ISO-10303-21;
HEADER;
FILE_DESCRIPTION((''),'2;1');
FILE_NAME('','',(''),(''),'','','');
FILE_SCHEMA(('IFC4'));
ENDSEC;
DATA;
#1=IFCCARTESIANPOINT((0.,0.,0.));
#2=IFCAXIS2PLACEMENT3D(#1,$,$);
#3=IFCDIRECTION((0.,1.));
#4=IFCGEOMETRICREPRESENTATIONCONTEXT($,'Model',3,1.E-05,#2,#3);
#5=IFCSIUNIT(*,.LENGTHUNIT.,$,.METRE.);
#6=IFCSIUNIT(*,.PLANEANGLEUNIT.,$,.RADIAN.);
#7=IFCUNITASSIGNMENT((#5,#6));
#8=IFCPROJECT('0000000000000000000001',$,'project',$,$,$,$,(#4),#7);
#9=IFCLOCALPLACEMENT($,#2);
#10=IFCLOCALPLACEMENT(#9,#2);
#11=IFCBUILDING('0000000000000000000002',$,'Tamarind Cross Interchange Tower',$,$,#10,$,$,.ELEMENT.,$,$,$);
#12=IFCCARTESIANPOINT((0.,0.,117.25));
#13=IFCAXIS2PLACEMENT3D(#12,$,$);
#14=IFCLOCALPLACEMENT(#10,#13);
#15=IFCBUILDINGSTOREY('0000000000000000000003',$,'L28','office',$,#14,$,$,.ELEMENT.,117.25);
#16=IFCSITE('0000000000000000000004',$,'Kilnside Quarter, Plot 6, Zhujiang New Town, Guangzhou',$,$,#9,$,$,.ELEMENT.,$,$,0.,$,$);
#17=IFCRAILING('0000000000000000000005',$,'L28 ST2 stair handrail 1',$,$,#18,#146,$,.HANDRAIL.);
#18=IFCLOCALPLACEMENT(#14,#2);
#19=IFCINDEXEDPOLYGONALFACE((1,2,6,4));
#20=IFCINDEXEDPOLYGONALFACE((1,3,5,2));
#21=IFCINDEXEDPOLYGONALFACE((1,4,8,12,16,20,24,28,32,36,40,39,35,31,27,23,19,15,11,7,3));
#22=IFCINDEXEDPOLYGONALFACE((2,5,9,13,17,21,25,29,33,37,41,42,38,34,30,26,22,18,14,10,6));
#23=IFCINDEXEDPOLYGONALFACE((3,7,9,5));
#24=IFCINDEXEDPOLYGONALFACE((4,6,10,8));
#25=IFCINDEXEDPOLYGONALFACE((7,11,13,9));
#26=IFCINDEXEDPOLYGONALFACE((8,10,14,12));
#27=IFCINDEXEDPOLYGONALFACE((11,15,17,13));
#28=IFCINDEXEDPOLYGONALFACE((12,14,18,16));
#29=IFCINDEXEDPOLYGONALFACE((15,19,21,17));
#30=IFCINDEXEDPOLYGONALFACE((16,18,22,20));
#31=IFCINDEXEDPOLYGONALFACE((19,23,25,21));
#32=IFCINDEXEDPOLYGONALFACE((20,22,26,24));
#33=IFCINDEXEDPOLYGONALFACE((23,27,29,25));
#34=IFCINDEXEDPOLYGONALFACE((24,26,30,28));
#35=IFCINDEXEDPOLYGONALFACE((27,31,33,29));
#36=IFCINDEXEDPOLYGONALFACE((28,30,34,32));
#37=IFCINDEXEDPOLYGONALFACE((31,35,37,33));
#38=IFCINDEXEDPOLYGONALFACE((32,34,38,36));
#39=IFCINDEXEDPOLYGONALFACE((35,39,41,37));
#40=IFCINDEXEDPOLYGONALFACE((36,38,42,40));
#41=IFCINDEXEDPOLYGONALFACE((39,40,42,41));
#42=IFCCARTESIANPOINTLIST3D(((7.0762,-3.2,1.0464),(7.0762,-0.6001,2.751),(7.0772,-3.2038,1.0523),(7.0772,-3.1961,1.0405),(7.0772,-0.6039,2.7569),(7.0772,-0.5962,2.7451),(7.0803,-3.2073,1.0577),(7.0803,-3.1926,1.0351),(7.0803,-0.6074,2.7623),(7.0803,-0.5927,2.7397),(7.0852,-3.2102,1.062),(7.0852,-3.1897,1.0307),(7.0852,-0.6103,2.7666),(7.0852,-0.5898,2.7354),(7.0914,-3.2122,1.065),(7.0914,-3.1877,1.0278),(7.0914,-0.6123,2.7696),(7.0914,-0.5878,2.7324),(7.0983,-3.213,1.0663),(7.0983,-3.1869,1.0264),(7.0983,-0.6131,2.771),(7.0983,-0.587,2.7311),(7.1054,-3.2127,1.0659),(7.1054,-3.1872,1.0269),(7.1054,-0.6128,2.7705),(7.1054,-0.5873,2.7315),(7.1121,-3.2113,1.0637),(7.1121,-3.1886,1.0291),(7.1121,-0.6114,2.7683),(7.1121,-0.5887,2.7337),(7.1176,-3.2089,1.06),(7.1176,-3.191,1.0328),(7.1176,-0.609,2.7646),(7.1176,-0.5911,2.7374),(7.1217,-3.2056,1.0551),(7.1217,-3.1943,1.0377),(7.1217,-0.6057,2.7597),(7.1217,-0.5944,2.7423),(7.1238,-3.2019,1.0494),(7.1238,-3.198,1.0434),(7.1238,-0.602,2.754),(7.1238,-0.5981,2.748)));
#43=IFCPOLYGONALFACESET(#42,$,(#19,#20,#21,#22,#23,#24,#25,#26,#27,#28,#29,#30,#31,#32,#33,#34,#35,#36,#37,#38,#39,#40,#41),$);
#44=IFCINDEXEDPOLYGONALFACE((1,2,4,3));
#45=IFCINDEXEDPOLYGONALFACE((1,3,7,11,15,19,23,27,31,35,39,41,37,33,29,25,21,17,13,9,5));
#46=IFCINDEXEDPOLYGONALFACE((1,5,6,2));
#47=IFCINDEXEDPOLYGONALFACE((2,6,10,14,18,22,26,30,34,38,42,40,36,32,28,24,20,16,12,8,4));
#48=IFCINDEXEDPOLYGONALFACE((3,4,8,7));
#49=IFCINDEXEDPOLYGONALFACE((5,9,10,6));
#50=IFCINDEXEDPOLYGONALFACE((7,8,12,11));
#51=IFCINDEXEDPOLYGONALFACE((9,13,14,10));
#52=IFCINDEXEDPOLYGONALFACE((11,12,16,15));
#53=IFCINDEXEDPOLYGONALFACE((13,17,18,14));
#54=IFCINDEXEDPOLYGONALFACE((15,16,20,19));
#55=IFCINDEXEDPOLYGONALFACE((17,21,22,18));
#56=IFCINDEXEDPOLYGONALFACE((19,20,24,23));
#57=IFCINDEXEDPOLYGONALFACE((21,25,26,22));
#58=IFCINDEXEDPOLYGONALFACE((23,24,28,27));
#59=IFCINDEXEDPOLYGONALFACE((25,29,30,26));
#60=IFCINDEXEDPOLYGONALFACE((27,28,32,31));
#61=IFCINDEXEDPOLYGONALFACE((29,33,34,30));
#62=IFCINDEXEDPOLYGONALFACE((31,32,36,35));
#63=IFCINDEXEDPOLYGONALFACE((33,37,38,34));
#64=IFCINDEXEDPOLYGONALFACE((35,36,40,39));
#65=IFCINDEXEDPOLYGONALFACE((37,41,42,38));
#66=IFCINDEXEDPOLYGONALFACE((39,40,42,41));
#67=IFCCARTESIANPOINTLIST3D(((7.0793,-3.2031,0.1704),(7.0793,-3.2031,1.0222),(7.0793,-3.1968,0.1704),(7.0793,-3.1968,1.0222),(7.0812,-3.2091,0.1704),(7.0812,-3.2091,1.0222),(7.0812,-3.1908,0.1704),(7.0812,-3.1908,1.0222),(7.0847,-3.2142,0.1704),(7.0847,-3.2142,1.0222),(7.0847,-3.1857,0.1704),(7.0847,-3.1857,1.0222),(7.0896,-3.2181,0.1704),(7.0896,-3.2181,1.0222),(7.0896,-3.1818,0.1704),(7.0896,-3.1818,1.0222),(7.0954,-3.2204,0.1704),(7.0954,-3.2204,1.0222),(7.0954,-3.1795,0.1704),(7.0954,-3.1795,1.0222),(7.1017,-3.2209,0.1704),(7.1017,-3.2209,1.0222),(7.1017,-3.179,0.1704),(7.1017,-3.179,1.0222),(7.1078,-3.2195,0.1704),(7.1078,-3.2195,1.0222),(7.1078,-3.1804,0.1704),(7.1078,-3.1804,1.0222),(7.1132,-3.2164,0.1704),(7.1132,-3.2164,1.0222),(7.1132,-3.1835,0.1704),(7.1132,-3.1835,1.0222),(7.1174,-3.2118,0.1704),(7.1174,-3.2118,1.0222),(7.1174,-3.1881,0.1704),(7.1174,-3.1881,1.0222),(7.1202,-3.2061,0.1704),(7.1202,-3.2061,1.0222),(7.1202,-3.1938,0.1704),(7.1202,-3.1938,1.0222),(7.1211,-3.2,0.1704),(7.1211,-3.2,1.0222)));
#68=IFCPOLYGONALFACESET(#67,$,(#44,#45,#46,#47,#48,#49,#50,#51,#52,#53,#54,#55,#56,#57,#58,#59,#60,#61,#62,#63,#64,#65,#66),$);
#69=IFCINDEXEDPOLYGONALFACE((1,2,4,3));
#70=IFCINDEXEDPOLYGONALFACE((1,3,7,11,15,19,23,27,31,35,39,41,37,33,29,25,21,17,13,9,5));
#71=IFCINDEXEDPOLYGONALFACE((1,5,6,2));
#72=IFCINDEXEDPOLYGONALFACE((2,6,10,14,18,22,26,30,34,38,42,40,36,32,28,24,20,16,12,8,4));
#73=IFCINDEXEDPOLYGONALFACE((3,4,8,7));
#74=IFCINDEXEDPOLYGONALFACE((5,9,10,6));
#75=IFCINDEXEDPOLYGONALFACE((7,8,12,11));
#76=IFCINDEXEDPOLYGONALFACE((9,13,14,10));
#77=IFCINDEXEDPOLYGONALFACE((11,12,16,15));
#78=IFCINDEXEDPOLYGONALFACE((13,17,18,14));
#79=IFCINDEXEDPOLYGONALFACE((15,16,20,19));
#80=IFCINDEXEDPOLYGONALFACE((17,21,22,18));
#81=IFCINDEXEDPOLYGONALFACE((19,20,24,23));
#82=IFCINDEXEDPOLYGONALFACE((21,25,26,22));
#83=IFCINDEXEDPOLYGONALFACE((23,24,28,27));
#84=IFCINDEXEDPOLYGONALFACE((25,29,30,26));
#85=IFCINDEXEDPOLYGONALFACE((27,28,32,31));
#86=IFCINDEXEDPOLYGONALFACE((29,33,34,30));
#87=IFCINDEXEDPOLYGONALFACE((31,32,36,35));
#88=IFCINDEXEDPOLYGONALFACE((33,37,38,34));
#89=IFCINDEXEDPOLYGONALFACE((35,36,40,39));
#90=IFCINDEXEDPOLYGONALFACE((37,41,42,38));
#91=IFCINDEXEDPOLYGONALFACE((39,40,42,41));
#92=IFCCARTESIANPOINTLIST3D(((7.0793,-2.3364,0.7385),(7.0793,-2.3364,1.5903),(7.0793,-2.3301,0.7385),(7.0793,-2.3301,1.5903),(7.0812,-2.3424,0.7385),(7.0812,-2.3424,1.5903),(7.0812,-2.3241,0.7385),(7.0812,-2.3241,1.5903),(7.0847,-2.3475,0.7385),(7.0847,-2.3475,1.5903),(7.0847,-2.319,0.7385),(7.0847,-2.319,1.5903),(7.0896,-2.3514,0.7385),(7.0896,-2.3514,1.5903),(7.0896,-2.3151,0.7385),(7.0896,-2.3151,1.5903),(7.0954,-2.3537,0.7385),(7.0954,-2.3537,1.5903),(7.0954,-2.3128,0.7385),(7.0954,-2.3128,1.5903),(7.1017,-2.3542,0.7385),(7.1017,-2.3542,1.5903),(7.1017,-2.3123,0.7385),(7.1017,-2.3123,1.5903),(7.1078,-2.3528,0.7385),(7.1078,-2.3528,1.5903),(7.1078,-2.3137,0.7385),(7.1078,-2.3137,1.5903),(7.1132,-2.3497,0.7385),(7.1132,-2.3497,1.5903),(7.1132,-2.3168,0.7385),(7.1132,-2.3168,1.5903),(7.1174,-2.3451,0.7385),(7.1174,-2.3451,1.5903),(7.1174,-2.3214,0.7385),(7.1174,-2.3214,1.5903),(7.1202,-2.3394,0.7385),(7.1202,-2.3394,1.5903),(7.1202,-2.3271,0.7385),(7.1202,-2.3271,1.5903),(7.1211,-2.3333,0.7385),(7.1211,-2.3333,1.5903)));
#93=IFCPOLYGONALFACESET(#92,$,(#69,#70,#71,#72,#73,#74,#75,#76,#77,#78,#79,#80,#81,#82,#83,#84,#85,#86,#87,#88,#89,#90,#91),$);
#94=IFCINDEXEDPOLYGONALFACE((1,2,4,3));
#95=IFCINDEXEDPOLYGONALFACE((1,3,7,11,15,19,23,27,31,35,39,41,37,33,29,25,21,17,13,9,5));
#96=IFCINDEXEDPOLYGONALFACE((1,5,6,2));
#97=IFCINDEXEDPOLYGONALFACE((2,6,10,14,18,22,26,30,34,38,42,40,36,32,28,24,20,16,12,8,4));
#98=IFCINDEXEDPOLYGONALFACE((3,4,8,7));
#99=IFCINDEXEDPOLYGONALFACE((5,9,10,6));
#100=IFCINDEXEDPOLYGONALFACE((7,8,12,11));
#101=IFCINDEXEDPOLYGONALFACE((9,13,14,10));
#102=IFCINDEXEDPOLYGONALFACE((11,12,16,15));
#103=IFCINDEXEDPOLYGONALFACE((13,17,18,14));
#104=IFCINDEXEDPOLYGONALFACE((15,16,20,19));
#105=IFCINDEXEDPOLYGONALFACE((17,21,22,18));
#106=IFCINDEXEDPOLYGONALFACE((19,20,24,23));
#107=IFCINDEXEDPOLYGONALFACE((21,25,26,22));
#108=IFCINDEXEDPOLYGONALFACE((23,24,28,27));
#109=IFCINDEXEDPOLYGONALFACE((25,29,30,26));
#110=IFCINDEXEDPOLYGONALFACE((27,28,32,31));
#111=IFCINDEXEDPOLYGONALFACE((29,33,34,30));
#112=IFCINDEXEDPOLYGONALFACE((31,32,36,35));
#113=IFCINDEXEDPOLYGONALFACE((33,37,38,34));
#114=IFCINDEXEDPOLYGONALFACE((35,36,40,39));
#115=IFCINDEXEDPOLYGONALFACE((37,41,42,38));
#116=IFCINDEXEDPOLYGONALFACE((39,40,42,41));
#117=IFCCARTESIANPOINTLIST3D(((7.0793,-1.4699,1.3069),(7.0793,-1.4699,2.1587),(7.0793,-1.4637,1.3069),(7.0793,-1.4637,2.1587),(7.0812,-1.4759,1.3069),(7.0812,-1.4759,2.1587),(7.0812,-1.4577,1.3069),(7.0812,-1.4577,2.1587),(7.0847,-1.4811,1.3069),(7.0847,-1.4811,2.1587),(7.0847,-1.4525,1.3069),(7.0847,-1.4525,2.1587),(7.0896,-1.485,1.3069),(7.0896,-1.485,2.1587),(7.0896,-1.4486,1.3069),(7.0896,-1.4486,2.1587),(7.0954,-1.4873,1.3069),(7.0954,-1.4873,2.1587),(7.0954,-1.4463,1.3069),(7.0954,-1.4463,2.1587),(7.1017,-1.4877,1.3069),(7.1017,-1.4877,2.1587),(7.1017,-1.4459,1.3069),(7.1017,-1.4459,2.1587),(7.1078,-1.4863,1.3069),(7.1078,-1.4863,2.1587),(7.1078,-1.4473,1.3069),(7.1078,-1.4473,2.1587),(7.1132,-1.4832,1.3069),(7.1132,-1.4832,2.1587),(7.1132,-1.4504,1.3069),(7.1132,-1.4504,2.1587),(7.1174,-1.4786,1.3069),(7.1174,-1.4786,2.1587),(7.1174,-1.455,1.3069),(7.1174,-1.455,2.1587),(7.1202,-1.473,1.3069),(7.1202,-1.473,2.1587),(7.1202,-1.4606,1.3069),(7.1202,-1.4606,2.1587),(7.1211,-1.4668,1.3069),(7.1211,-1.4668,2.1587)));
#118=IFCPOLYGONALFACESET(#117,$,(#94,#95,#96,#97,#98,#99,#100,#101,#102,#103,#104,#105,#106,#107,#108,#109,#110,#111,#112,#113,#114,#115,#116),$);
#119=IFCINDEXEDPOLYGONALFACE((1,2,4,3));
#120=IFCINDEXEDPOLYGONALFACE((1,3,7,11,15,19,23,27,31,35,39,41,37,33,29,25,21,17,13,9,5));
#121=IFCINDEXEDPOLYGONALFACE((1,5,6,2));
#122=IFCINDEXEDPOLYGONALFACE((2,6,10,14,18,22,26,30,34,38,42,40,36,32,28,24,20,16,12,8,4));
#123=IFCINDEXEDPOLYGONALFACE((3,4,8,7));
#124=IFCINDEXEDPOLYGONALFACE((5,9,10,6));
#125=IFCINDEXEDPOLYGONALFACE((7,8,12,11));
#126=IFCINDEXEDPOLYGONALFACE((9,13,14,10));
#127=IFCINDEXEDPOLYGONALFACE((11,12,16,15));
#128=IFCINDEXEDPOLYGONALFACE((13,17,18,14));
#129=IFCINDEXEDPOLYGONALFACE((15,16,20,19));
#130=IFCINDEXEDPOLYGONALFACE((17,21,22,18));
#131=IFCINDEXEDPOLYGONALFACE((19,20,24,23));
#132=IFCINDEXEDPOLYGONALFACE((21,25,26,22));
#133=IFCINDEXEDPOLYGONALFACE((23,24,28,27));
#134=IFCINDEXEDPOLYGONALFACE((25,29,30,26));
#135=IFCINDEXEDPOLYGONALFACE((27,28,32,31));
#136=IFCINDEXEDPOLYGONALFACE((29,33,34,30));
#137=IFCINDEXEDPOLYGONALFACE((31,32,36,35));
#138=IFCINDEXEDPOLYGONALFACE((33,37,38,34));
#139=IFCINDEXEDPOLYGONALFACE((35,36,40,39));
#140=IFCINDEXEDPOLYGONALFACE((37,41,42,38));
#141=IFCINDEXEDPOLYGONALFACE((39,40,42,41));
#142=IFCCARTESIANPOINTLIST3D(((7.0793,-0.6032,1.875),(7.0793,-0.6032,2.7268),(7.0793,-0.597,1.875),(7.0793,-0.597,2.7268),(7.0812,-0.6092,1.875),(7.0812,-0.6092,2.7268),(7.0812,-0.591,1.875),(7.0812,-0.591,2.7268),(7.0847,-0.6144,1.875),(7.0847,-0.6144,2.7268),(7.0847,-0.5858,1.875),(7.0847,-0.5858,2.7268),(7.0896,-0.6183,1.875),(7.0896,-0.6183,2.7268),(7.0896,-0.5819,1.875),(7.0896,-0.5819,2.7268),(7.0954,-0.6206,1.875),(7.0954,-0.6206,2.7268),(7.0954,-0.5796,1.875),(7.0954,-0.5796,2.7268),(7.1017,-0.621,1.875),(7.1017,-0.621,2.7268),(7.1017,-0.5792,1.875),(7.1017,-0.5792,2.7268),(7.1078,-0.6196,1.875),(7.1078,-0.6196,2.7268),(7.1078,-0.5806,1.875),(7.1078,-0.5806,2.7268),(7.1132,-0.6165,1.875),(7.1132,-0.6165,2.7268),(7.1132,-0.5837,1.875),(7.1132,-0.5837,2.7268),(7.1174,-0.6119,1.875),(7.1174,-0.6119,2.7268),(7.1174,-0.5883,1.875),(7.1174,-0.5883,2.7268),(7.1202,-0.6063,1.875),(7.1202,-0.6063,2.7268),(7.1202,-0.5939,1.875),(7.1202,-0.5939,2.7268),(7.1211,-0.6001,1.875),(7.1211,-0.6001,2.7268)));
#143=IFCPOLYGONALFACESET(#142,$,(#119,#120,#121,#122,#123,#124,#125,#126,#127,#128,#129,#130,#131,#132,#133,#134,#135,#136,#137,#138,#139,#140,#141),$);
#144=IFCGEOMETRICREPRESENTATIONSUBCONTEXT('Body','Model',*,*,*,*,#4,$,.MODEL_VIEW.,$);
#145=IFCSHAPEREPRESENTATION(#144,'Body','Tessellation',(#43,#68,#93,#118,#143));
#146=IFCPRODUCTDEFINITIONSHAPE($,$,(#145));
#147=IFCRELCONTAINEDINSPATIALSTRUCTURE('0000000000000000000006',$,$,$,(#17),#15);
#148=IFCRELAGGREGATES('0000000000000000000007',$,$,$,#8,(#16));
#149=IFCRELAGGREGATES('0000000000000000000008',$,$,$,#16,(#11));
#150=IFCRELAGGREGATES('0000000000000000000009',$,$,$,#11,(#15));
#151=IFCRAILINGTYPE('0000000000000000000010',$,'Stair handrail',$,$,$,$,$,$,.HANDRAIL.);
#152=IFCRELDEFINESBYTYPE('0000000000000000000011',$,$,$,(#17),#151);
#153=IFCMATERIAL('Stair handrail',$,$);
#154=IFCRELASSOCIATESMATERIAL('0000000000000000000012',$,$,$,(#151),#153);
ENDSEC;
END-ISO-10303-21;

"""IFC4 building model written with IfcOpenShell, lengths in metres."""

from ifc_helpers import new_model, si_unit, direction, frame, origin, origin_2d, place, context, subcontext, project, spatial, circle, extrude, material, type_object, element, save


model = new_model("IFC4")

# Units and contexts
model_context = context("Model", 3, precision=1e-05, world=origin(), true_north=direction((0.0, 1.0)))
body_context = subcontext(model_context, "Body", "Model", "MODEL_VIEW")
ifc_project = project(units=[si_unit("LENGTHUNIT", "METRE"), si_unit("PLANEANGLEUNIT", "RADIAN")], contexts=[model_context])

# Site, building, storey
site_placement = place(None, origin())
site = spatial("IfcSite", under=ifc_project, at=site_placement, Name="Kilnside Quarter, Plot 6, Zhujiang New Town, Guangzhou", CompositionType="ELEMENT", RefElevation=0.0)
building_placement = place(site_placement, origin())
building = spatial("IfcBuilding", under=site, at=building_placement, Name="Tamarind Cross Interchange Tower", CompositionType="ELEMENT")
storey_placement = place(building_placement, frame((0.0, 0.0, 117.25)))
storey = spatial("IfcBuildingStorey", under=building, at=storey_placement, Name="L28", Description="office", CompositionType="ELEMENT", Elevation=117.25)

# Railing
ifc_material_1 = material(Name="Stair handrail")
railing_type_1 = type_object("IfcRailingType", Name="Stair handrail", PredefinedType="HANDRAIL", material=ifc_material_1)
railing_1_placement = place(storey_placement, frame((7.1001, -3.2, 0.1704)))
element("IfcRailing", 1, at=railing_1_placement, inside=storey, type_object=railing_type_1, Name="L28 ST2 stair handrail 1", PredefinedType="HANDRAIL", context=body_context, shape_type="SweptSolid", body=[
    extrude(circle(Radius=0.0239, at=origin_2d()), frame((0.0, 0.0, 0.876), z_axis=(0.0, 0.836279, 0.548305), x_axis=(-1.0, 0.0, 0.0)), (0.0, 0.0, 1.0), 3.1089),
    extrude(circle(Radius=0.021, at=origin_2d()), origin(), (0.0, 0.0, 1.0), 0.8518),
    extrude(circle(Radius=0.021, at=origin_2d()), frame((0.0, 0.8667, 0.5681)), (0.0, 0.0, 1.0), 0.8518),
    extrude(circle(Radius=0.021, at=origin_2d()), frame((0.0, 1.7332, 1.1365)), (0.0, 0.0, 1.0), 0.8518),
    extrude(circle(Radius=0.021, at=origin_2d()), frame((0.0, 2.5999, 1.7046)), (0.0, 0.0, 1.0), 0.8518),
])

save(model, "model.ifc")
